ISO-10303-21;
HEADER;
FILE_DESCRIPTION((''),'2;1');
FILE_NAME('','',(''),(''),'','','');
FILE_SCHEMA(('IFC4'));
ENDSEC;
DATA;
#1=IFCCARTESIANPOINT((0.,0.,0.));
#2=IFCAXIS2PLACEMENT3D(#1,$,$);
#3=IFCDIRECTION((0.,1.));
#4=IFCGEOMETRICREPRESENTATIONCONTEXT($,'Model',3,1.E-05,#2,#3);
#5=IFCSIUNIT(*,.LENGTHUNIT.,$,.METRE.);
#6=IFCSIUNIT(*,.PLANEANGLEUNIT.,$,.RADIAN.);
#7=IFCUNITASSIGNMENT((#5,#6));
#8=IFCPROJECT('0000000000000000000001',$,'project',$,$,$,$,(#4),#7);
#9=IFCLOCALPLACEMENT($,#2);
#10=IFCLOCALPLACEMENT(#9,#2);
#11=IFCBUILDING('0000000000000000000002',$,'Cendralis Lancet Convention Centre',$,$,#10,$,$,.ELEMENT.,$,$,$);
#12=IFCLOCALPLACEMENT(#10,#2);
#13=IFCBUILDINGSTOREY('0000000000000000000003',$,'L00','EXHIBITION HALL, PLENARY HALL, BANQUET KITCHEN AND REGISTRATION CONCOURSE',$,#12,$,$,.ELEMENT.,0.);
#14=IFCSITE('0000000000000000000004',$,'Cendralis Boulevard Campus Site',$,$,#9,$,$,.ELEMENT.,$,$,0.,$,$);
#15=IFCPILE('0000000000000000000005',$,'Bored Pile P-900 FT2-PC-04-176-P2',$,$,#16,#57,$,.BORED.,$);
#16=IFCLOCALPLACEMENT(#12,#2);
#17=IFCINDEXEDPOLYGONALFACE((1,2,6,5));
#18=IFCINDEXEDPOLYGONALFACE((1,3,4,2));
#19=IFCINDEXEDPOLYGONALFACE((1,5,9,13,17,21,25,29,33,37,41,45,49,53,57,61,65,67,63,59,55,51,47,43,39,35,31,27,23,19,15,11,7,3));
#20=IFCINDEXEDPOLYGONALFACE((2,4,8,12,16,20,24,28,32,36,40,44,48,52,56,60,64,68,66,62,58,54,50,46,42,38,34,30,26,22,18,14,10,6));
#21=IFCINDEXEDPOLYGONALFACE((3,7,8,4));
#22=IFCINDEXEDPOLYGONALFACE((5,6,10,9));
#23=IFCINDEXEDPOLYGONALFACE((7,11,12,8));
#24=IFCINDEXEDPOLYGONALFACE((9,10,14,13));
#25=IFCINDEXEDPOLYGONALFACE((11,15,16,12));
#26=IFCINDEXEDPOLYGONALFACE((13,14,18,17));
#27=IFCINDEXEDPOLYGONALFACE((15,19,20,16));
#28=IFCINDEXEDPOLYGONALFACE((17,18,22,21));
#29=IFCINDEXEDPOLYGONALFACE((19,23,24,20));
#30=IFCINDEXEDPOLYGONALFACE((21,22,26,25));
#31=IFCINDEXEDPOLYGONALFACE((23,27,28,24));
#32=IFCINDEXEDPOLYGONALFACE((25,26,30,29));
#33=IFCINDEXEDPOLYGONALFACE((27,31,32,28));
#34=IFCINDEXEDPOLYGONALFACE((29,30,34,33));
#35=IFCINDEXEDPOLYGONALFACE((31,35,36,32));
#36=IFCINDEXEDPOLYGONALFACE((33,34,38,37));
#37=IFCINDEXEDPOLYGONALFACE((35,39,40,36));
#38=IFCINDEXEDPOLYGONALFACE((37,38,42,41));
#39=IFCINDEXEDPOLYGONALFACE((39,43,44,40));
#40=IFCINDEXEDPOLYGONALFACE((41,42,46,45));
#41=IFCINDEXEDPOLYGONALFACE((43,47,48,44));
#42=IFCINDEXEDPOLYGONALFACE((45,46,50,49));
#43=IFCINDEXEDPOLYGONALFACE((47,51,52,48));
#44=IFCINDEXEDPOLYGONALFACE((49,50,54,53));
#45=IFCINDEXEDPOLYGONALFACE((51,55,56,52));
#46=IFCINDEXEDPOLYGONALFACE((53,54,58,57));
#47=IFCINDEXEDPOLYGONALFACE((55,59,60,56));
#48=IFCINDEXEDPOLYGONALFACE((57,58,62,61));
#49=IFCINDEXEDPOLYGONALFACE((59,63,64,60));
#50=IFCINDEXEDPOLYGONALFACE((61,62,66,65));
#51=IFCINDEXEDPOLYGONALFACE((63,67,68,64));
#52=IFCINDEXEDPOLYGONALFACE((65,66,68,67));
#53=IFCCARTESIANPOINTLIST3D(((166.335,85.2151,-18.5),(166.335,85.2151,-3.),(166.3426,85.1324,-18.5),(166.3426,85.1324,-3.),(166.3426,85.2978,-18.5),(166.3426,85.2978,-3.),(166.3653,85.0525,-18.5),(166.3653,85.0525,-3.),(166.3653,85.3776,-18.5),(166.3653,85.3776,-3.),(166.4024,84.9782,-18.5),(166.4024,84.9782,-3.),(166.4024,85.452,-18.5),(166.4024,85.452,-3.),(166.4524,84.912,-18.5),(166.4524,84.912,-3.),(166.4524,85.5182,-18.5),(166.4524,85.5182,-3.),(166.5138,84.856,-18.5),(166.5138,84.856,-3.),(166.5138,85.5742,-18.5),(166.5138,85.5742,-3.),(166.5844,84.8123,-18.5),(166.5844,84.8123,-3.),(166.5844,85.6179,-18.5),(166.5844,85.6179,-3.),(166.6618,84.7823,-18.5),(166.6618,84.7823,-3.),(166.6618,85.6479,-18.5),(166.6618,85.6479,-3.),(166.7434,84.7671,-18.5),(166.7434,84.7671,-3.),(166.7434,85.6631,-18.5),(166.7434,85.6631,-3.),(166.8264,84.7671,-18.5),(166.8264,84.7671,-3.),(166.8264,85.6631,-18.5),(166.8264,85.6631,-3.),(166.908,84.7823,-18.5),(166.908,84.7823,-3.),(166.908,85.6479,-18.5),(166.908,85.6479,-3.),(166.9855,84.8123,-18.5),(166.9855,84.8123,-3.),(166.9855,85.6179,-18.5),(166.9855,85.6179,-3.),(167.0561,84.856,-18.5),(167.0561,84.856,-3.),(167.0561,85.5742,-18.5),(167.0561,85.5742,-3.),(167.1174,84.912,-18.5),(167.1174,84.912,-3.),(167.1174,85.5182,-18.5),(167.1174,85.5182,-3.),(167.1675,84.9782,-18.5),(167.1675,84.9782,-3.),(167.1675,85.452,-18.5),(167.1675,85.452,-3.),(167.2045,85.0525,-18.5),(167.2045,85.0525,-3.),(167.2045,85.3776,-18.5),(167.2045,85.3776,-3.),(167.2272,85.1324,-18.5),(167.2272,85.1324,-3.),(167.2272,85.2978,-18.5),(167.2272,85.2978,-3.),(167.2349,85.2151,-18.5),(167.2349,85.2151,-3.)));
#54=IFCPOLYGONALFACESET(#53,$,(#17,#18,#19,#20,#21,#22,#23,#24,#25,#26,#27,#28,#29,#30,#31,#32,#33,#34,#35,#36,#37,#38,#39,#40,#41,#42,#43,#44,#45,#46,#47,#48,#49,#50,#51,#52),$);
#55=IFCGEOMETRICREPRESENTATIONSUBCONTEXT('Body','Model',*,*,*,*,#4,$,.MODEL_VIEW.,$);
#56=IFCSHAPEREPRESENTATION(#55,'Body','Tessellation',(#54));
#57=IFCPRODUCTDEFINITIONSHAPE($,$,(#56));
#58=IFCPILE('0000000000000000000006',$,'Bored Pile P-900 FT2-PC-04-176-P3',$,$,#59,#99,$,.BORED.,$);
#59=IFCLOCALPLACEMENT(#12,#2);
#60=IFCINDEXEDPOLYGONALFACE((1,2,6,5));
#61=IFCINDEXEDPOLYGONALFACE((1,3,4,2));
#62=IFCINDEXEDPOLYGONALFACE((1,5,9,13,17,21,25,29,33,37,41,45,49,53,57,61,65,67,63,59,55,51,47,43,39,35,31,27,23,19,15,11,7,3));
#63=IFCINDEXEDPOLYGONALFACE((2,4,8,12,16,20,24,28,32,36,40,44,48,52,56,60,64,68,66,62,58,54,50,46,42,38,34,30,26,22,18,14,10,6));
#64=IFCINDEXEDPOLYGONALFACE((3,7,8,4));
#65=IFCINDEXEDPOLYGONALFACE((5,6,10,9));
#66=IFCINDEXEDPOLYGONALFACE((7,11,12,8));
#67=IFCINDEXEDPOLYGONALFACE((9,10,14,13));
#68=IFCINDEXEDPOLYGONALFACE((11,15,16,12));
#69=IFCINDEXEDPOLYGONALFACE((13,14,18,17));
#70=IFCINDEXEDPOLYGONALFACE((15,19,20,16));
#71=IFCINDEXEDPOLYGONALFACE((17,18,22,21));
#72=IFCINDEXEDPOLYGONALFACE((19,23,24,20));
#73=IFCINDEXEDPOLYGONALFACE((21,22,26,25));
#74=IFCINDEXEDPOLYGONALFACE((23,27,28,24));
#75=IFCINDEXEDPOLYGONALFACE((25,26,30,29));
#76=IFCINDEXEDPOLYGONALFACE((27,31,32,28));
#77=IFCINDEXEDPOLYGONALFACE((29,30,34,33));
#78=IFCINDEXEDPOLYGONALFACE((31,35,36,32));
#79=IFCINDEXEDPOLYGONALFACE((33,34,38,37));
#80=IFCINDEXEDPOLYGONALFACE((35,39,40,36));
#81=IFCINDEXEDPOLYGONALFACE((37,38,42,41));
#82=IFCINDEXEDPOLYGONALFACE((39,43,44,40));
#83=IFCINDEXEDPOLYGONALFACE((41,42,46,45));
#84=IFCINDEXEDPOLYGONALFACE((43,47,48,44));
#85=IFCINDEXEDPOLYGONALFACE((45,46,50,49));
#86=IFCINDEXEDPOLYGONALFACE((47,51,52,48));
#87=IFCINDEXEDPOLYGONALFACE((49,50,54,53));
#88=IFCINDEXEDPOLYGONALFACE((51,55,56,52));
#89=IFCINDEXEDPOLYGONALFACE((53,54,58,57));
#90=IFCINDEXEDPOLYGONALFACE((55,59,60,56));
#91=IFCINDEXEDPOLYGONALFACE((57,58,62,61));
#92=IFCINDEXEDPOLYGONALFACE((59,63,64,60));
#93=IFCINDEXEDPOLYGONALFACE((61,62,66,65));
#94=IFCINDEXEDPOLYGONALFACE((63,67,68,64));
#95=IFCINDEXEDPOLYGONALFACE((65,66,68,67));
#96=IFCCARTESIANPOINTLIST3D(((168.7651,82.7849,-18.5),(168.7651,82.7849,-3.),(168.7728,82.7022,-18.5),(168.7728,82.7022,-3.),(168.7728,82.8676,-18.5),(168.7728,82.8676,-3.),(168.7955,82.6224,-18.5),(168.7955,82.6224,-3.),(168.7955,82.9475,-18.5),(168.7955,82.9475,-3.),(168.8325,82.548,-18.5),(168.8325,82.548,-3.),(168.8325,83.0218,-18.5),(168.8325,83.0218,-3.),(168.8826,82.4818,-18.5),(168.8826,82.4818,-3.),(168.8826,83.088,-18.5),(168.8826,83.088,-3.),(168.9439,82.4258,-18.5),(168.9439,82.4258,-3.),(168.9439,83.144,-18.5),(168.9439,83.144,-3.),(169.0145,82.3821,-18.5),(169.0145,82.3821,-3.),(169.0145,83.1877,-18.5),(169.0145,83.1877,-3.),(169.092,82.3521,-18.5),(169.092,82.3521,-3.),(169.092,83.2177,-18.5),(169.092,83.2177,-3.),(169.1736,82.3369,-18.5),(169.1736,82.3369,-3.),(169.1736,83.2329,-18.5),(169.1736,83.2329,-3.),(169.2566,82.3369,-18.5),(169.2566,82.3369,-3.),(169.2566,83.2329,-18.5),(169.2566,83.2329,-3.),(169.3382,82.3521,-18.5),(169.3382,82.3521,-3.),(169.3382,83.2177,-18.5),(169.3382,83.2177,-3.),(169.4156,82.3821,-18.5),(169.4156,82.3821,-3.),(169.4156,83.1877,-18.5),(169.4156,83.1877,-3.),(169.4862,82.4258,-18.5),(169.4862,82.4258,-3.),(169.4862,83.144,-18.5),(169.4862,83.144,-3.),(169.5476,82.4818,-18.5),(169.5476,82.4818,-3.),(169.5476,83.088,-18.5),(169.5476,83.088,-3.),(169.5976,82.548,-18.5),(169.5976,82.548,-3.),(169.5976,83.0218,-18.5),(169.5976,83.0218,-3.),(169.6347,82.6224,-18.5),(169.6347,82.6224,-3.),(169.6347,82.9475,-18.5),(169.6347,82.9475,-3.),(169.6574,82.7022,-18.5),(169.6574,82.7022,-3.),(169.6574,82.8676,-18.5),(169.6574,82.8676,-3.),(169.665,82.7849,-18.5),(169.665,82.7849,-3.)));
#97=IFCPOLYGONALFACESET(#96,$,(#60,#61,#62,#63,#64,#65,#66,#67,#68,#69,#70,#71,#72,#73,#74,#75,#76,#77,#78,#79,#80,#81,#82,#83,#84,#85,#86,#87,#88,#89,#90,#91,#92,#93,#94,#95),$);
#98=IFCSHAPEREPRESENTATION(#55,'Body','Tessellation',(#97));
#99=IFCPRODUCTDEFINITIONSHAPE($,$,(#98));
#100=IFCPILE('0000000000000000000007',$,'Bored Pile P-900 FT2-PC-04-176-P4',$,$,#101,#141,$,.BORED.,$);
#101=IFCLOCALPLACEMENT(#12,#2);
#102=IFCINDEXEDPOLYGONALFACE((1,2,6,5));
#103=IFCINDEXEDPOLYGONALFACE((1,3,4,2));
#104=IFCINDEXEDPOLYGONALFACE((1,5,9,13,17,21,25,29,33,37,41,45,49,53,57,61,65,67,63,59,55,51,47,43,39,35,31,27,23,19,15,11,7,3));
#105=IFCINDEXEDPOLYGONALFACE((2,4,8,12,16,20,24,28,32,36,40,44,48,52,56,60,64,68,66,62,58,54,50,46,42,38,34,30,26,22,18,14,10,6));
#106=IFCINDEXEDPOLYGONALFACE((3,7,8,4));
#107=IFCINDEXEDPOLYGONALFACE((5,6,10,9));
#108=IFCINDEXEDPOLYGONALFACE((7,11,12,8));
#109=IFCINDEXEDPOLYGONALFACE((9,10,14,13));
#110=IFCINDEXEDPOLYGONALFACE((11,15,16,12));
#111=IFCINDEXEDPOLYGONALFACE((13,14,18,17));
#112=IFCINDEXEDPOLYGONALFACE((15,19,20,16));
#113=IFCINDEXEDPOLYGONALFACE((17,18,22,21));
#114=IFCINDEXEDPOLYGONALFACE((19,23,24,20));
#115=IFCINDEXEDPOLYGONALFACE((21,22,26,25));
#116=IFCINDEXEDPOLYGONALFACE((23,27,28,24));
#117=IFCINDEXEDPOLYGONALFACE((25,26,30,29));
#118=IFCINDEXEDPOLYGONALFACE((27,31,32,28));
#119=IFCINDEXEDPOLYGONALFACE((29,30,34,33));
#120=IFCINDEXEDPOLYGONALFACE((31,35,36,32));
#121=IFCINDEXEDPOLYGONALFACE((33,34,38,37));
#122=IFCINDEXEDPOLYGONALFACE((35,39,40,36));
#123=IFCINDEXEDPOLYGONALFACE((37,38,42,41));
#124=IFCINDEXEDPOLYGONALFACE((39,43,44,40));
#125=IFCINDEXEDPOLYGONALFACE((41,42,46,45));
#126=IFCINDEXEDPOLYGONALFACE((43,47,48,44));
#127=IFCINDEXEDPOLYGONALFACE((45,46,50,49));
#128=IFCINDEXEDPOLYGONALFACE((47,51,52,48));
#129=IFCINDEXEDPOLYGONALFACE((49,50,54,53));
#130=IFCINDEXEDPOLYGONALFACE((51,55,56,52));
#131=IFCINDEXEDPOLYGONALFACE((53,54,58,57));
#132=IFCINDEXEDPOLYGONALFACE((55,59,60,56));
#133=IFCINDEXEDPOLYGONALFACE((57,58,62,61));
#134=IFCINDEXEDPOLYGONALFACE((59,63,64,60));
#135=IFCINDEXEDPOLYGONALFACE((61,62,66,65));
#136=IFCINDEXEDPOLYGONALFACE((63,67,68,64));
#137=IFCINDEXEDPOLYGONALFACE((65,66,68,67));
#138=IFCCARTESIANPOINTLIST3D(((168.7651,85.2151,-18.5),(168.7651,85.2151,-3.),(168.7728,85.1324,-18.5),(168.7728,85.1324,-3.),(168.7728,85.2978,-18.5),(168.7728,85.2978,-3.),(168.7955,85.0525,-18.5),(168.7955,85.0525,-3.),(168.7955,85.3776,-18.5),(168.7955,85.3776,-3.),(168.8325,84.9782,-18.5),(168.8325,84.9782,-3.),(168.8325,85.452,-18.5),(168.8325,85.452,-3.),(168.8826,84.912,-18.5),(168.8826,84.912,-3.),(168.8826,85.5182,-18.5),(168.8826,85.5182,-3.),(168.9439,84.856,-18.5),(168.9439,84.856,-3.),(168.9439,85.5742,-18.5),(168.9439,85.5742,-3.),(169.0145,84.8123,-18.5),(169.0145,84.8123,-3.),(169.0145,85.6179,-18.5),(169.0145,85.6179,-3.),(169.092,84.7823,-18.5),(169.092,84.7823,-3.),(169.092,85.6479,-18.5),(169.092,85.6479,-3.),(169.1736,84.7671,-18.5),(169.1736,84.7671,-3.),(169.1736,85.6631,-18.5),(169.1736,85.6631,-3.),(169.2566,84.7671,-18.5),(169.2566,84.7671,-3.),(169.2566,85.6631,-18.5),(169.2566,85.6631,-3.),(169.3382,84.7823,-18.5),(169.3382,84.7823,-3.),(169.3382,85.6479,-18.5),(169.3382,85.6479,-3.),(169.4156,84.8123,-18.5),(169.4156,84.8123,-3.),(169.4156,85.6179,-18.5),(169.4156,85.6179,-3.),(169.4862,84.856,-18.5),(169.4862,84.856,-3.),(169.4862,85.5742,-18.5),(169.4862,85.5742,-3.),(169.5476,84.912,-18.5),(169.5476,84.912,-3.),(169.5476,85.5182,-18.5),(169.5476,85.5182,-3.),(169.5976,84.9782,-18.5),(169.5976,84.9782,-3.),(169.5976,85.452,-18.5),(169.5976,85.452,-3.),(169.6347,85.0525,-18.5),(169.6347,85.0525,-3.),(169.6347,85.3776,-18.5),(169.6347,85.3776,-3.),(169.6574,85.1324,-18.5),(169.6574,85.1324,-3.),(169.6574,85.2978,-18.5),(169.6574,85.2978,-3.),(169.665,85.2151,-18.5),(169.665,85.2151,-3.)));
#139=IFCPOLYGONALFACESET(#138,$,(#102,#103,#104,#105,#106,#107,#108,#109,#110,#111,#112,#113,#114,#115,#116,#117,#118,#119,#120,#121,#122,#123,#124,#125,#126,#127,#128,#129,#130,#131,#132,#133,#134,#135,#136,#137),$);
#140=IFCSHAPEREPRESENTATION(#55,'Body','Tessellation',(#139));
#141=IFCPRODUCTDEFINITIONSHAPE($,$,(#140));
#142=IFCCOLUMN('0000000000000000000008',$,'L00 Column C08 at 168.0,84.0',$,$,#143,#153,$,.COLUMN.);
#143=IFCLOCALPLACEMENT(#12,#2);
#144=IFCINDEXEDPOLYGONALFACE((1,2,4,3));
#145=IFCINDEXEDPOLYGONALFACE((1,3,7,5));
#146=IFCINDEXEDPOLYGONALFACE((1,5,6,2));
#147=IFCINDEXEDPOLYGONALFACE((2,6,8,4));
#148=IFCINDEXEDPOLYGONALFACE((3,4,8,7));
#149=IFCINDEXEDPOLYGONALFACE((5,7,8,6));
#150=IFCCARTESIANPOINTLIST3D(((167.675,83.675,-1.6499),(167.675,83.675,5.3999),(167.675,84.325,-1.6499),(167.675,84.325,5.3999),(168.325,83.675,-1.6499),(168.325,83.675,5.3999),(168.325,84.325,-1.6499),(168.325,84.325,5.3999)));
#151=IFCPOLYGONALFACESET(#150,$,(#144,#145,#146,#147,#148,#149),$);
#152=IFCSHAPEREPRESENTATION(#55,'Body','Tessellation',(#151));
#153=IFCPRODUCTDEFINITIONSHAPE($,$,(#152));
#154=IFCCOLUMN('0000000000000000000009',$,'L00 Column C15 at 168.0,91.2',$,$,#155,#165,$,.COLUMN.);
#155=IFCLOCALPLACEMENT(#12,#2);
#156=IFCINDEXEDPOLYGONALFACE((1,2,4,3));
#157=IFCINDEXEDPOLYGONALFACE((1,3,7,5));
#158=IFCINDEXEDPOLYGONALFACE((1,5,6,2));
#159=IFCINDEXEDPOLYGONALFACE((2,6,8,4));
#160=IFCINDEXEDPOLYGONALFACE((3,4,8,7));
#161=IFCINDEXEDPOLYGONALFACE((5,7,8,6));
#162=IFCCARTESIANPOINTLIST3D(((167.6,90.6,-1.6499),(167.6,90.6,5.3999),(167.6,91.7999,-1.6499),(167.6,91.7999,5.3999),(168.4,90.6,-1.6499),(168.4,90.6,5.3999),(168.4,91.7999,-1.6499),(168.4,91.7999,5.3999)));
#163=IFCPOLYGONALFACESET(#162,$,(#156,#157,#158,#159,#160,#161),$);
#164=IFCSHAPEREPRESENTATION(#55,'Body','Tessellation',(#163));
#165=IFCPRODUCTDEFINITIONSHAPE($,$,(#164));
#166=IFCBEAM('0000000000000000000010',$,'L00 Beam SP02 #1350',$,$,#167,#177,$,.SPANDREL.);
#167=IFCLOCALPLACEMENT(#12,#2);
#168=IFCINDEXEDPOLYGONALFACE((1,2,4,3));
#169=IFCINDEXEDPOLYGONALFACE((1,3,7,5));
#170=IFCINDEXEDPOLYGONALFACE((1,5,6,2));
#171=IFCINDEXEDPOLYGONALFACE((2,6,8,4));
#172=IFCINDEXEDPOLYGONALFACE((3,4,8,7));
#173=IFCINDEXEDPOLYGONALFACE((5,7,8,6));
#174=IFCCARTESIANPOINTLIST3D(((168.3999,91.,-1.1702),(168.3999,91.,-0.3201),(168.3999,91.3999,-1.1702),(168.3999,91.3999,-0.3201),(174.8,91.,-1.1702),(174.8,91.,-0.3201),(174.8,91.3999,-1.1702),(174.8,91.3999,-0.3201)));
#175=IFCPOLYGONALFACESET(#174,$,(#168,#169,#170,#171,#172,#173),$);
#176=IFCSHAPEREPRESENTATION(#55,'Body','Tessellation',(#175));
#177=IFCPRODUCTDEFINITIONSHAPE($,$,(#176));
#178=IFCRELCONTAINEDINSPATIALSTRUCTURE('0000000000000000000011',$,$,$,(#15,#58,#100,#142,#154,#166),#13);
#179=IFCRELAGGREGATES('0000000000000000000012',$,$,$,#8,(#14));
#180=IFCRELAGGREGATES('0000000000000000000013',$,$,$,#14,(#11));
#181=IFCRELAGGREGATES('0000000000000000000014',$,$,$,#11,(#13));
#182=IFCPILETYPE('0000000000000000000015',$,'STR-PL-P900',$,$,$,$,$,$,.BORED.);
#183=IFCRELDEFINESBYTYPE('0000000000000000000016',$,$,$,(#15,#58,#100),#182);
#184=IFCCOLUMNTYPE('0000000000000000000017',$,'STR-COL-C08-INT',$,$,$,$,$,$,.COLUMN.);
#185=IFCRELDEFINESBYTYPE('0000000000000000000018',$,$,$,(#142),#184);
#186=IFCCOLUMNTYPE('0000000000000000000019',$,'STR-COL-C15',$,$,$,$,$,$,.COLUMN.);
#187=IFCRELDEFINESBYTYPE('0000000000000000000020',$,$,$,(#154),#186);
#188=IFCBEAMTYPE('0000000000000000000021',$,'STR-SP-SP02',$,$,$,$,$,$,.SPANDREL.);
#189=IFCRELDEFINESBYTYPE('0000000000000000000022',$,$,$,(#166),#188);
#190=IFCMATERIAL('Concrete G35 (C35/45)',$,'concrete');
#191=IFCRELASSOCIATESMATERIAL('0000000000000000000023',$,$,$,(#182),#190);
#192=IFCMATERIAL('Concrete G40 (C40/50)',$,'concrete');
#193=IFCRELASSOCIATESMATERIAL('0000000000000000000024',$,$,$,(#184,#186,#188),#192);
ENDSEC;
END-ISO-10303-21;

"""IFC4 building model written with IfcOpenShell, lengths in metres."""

from ifc_helpers import new_model, si_unit, direction, frame, origin, origin_2d, place, context, subcontext, project, spatial, rectangle, circle, extrude, material, material_profile, profile_set, type_object, element, save


model = new_model("IFC4")

# Units and contexts
model_context = context("Model", 3, precision=1e-05, world=origin(), true_north=direction((0.0, 1.0)))
body_context = subcontext(model_context, "Body", "Model", "MODEL_VIEW")
ifc_project = project(units=[si_unit("LENGTHUNIT", "METRE"), si_unit("PLANEANGLEUNIT", "RADIAN")], contexts=[model_context])

# Site, building, storey
site_placement = place(None, origin())
site = spatial("IfcSite", under=ifc_project, at=site_placement, Name="Cendralis Boulevard Campus Site", CompositionType="ELEMENT", RefElevation=0.0)
building_placement = place(site_placement, origin())
building = spatial("IfcBuilding", under=site, at=building_placement, Name="Cendralis Lancet Convention Centre", CompositionType="ELEMENT")
storey_placement = place(building_placement, origin())
storey = spatial("IfcBuildingStorey", under=building, at=storey_placement, Name="L00", Description="EXHIBITION HALL, PLENARY HALL, BANQUET KITCHEN AND REGISTRATION CONCOURSE", CompositionType="ELEMENT", Elevation=0.0)

# Shared definitions
ifc_material_1 = material(Name="Concrete G35 (C35/45)", Category="concrete")

# Piles
ifc_material_profile_1 = material_profile(ifc_material_1, circle(Radius=0.45, at=origin_2d()), Name="BORED PILE D900")
ifc_profile_set_1 = profile_set([ifc_material_profile_1], Name="Concrete G35 (C35/45)")
pile_type_1 = type_object("IfcPileType", Name="STR-PL-P900", PredefinedType="BORED", material=ifc_profile_set_1)
for number, where, z_axis, x_axis, name in (
    (1, (166.7849, 85.2151, -3.0), (0.0, 0.0, -1.0), (1.0, 0.0, 0.0), "Bored Pile P-900 FT2-PC-04-176-P2"),
    (2, (169.2151, 82.7849, -3.0), (0.0, 0.0, -1.0), (1.0, 0.0, 0.0), "Bored Pile P-900 FT2-PC-04-176-P3"),
    (3, (169.2151, 85.2151, -3.0), (0.0, 0.0, -1.0), (1.0, 0.0, 0.0), "Bored Pile P-900 FT2-PC-04-176-P4"),
):
    element("IfcPile", number, at=place(storey_placement, frame(where, z_axis=z_axis, x_axis=x_axis)), inside=storey, type_object=pile_type_1, Name=name, PredefinedType="BORED", context=body_context, shape_type="SweptSolid", body=[
        extrude(circle(Radius=0.45, at=origin_2d()), origin(), (0.0, 0.0, 1.0), 15.5),
    ])

# Columns
ifc_material_2 = material(Name="Concrete G40 (C40/50)", Category="concrete")
ifc_material_profile_2 = material_profile(ifc_material_2, rectangle(XDim=0.6499, YDim=0.6499, at=origin_2d()), Name="RC 650x650")
ifc_profile_set_2 = profile_set([ifc_material_profile_2], Name="Concrete G40 (C40/50)")
column_type_1 = type_object("IfcColumnType", Name="STR-COL-C08-INT", PredefinedType="COLUMN", material=ifc_profile_set_2)
column_1_placement = place(storey_placement, frame((168.0, 84.0, -1.6499), z_axis=(0.0, 0.0, 1.0), x_axis=(1.0, 0.0, 0.0)))
element("IfcColumn", 4, at=column_1_placement, inside=storey, type_object=column_type_1, Name="L00 Column C08 at 168.0,84.0", PredefinedType="COLUMN", context=body_context, shape_type="SweptSolid", body=[
    extrude(rectangle(XDim=0.6499, YDim=0.6499, at=origin_2d()), origin(), (0.0, 0.0, 1.0), 7.0498),
])
ifc_material_profile_3 = material_profile(ifc_material_2, rectangle(XDim=0.8, YDim=1.2, at=origin_2d()), Name="RC 800x1200")
ifc_profile_set_3 = profile_set([ifc_material_profile_3], Name="Concrete G40 (C40/50)")
column_type_2 = type_object("IfcColumnType", Name="STR-COL-C15", PredefinedType="COLUMN", material=ifc_profile_set_3)
column_2_placement = place(storey_placement, frame((168.0, 91.2, -1.6499), z_axis=(0.0, 0.0, 1.0), x_axis=(1.0, 0.0, 0.0)))
element("IfcColumn", 5, at=column_2_placement, inside=storey, type_object=column_type_2, Name="L00 Column C15 at 168.0,91.2", PredefinedType="COLUMN", context=body_context, shape_type="SweptSolid", body=[
    extrude(rectangle(XDim=0.8, YDim=1.2, at=origin_2d()), origin(), (0.0, 0.0, 1.0), 7.0498),
])

# Beam
ifc_material_profile_4 = material_profile(ifc_material_2, rectangle(XDim=0.3999, YDim=0.8501, at=origin_2d()), Name="RCB 400x850")
ifc_profile_set_4 = profile_set([ifc_material_profile_4], Name="Concrete G40 (C40/50)")
beam_type = type_object("IfcBeamType", Name="STR-SP-SP02", PredefinedType="SPANDREL", material=ifc_profile_set_4)
beam_placement = place(storey_placement, frame((168.3999, 91.2, -0.7451), z_axis=(1.0, 0.0, 0.0), x_axis=(0.0, 1.0, 0.0)))
element("IfcBeam", 6, at=beam_placement, inside=storey, type_object=beam_type, Name="L00 Beam SP02 #1350", PredefinedType="SPANDREL", context=body_context, shape_type="SweptSolid", body=[
    extrude(rectangle(XDim=0.3999, YDim=0.8501, at=origin_2d()), origin(), (0.0, 0.0, 1.0), 6.4001),
])

save(model, "model.ifc")
